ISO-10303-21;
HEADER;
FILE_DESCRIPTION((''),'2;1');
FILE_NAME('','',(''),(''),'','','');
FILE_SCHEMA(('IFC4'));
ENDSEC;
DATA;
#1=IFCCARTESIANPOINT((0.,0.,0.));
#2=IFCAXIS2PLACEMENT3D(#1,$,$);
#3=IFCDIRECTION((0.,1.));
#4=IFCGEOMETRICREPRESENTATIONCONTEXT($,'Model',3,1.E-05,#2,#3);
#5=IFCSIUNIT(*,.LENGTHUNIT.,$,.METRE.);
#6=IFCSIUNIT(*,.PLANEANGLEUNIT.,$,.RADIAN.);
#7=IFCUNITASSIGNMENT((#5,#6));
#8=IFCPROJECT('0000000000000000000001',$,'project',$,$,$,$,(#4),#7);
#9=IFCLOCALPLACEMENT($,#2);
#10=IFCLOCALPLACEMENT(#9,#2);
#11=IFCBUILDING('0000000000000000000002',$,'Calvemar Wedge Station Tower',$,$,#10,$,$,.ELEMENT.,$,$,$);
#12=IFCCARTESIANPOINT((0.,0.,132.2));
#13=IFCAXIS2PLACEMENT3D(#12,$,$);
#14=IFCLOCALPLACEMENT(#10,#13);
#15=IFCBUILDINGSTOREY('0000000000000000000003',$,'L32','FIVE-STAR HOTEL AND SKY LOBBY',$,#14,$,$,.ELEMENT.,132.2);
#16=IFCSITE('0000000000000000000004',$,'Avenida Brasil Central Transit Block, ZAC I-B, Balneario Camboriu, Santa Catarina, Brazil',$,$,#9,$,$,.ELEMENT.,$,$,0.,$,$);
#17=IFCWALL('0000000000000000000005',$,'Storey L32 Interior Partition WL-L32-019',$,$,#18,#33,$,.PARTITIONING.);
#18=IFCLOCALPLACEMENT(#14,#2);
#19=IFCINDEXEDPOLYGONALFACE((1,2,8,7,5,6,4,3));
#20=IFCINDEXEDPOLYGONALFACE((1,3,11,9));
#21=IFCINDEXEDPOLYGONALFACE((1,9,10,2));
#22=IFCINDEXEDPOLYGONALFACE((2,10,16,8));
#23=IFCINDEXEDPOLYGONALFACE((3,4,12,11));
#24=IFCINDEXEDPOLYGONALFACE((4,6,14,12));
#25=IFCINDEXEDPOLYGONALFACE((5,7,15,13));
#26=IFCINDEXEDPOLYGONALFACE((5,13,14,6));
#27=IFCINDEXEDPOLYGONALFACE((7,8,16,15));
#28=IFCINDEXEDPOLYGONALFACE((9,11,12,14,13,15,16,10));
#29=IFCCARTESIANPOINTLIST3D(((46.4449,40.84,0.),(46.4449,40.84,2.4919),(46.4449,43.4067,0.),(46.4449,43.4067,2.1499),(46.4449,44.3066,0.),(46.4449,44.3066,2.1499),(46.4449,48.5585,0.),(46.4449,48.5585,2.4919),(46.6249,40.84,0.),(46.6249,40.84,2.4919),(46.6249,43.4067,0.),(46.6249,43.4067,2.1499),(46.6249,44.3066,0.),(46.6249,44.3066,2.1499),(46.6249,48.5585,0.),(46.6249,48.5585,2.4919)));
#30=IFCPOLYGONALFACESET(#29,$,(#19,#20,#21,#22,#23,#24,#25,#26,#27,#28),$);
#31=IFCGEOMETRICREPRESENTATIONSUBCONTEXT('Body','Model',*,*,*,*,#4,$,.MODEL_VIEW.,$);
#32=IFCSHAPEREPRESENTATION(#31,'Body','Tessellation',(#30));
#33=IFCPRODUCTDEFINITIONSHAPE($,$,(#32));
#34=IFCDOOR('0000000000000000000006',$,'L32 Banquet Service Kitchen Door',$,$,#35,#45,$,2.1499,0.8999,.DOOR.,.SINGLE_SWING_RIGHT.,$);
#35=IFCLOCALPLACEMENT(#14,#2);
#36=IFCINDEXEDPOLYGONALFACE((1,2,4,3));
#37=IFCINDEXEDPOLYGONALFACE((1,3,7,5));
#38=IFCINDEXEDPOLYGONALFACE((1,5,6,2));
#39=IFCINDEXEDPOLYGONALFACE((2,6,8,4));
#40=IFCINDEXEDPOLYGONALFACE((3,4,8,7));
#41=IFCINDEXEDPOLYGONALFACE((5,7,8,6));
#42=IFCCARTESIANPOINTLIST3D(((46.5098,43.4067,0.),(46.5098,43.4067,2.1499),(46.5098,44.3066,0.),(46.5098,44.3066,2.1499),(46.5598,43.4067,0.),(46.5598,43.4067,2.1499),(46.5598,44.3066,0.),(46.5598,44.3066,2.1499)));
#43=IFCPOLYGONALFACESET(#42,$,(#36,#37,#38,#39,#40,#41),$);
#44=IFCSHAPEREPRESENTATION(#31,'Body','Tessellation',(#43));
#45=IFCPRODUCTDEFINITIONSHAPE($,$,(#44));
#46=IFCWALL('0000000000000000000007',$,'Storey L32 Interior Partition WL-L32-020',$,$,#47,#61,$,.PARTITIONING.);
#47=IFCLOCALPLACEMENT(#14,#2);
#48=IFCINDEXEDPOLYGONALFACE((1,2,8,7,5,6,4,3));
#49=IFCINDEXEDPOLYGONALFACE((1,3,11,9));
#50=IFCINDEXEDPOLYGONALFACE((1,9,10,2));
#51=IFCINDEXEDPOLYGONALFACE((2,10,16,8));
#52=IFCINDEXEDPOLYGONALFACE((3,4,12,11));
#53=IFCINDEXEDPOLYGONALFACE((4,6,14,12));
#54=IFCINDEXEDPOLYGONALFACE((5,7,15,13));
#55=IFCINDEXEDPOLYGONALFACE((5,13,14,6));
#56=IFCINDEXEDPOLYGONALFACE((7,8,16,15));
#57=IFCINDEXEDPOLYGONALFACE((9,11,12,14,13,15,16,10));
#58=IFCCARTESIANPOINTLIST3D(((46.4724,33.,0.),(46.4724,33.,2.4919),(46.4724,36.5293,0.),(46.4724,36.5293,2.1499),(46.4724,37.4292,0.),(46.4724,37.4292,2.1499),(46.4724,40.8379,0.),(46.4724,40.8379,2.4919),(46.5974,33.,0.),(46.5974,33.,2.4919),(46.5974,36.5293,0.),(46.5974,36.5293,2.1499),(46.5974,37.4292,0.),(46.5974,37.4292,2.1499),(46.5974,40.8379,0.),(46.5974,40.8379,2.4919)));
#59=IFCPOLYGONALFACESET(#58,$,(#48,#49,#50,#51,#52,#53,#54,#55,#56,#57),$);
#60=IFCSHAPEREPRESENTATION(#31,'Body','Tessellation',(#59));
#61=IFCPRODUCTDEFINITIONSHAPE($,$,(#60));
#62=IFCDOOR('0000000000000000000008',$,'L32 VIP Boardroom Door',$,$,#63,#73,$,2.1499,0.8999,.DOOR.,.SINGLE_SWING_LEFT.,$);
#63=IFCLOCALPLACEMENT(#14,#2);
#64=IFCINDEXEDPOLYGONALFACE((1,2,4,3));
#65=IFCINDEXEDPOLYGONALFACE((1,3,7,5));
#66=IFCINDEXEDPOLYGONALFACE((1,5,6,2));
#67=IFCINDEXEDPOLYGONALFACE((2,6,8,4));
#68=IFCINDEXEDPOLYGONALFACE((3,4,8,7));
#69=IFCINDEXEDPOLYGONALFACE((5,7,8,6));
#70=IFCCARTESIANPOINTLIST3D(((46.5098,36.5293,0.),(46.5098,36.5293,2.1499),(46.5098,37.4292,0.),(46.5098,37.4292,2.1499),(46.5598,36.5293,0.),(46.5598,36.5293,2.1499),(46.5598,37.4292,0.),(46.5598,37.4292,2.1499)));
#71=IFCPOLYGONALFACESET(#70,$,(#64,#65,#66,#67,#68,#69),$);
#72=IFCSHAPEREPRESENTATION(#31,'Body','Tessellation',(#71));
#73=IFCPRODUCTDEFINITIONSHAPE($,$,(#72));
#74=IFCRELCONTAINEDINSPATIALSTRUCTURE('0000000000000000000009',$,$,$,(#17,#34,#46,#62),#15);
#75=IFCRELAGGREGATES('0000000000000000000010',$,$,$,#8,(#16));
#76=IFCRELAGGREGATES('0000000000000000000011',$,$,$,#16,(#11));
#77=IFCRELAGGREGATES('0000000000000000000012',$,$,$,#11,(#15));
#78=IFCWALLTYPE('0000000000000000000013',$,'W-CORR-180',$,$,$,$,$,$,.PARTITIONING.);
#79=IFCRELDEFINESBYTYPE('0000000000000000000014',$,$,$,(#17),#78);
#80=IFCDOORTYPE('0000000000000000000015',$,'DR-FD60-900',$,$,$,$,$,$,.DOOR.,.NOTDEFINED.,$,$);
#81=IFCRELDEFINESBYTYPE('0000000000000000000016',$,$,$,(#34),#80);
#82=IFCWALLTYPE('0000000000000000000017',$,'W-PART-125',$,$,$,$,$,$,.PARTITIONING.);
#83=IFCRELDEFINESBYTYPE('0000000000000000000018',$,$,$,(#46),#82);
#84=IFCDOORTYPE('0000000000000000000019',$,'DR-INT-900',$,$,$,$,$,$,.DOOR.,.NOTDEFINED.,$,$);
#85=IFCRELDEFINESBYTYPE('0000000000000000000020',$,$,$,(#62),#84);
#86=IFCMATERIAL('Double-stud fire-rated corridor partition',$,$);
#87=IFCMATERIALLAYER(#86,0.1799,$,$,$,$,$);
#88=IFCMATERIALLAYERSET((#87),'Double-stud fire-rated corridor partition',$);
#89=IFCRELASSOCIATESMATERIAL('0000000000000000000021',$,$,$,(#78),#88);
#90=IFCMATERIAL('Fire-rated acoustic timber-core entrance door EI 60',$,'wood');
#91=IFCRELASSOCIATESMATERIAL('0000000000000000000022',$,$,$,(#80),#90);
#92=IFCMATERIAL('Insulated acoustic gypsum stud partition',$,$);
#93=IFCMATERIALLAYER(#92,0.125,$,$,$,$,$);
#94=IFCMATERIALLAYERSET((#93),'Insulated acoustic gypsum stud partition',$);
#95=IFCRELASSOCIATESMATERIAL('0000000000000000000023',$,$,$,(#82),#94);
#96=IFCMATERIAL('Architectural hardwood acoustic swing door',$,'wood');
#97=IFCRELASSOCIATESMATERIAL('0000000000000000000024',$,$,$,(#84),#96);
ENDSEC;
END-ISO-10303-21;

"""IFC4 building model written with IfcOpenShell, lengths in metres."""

from ifc_helpers import new_model, si_unit, direction, frame, frame_2d, origin, place, context, subcontext, project, spatial, rectangle, extrude, source, transform, mapped, material, layer, layer_set, type_object, element, fill, save


model = new_model("IFC4")

# Units and contexts
model_context = context("Model", 3, precision=1e-05, world=origin(), true_north=direction((0.0, 1.0)))
body_context = subcontext(model_context, "Body", "Model", "MODEL_VIEW")
ifc_project = project(units=[si_unit("LENGTHUNIT", "METRE"), si_unit("PLANEANGLEUNIT", "RADIAN")], contexts=[model_context])

# Site, building, storey
site_placement = place(None, origin())
site = spatial("IfcSite", under=ifc_project, at=site_placement, Name="Avenida Brasil Central Transit Block, ZAC I-B, Balneario Camboriu, Santa Catarina, Brazil", CompositionType="ELEMENT", RefElevation=0.0)
building_placement = place(site_placement, origin())
building = spatial("IfcBuilding", under=site, at=building_placement, Name="Calvemar Wedge Station Tower", CompositionType="ELEMENT")
storey_placement = place(building_placement, frame((0.0, 0.0, 132.2)))
storey = spatial("IfcBuildingStorey", under=building, at=storey_placement, Name="L32", Description="FIVE-STAR HOTEL AND SKY LOBBY", CompositionType="ELEMENT", Elevation=132.2)

# Shared definitions
ifc_material_1 = material(Name="Double-stud fire-rated corridor partition")
ifc_layer_1 = layer(ifc_material_1, 0.1799)
ifc_layer_set_1 = layer_set([ifc_layer_1], Name="Double-stud fire-rated corridor partition")
wall_type_1 = type_object("IfcWallType", Name="W-CORR-180", PredefinedType="PARTITIONING", material=ifc_layer_set_1)

# Walls, openings, doors
wall_1_placement = place(storey_placement, frame((46.5349, 48.5586, 0.0), z_axis=(0.0, 0.0, 1.0), x_axis=(0.0, -1.0, 0.0)))
wall_1 = element("IfcWall", 1, at=wall_1_placement, inside=storey, type_object=wall_type_1, Name="Storey L32 Interior Partition WL-L32-019", PredefinedType="PARTITIONING", context=body_context, shape_type="SweptSolid", body=[
    extrude(rectangle(XDim=7.7185, YDim=0.1799, at=frame_2d((3.8594, 0.0))), origin(), (0.0, 0.0, 1.0), 2.4919),
])
shared_shape_1 = source(origin(), body_context, "Body", "SweptSolid", [
    extrude(rectangle(XDim=0.8999, YDim=2.1499, at=frame_2d((0.45, 1.075))), frame((0.0, 0.1001, 0.0), z_axis=(0.0, -1.0, 0.0), x_axis=(1.0, 0.0, 0.0)), (0.0, 0.0, 1.0), 0.2),
])
opening_1_placement = place(wall_1_placement, frame((4.252, 0.0, 0.0)))
opening_1 = element("IfcOpeningElement", 2, at=opening_1_placement, cuts=wall_1, PredefinedType="OPENING", context=body_context, shape_type="MappedRepresentation", body=[
    mapped(shared_shape_1, transform((0.0, 0.0, 0.0), scale=1.0)),
])
ifc_material_2 = material(Name="Fire-rated acoustic timber-core entrance door EI 60", Category="wood")
door_type_1 = type_object("IfcDoorType", Name="DR-FD60-900", OperationType="NOTDEFINED", PredefinedType="DOOR", material=ifc_material_2)
shared_shape_2 = source(origin(), body_context, "Body", "SweptSolid", [
    extrude(rectangle(XDim=0.8999, YDim=2.1499, at=frame_2d((0.45, 1.075))), frame((0.0, 0.0249, 0.0), z_axis=(0.0, -1.0, 0.0), x_axis=(1.0, 0.0, 0.0)), (0.0, 0.0, 1.0), 0.05),
])
door_1_placement = place(opening_1_placement, origin())
door_1 = element("IfcDoor", 3, at=door_1_placement, inside=storey, type_object=door_type_1, Name="L32 Banquet Service Kitchen Door", OperationType="SINGLE_SWING_RIGHT", OverallHeight=2.1499, OverallWidth=0.8999, PredefinedType="DOOR", context=body_context, shape_type="MappedRepresentation", body=[
    mapped(shared_shape_2, transform((0.0, 0.0, 0.0), scale=1.0)),
])
fill(opening_1, door_1)
ifc_material_3 = material(Name="Insulated acoustic gypsum stud partition")
ifc_layer_2 = layer(ifc_material_3, 0.125)
ifc_layer_set_2 = layer_set([ifc_layer_2], Name="Insulated acoustic gypsum stud partition")
wall_type_2 = type_object("IfcWallType", Name="W-PART-125", PredefinedType="PARTITIONING", material=ifc_layer_set_2)
wall_2_placement = place(storey_placement, frame((46.5349, 40.8379, 0.0), z_axis=(0.0, 0.0, 1.0), x_axis=(0.0, -1.0, 0.0)))
wall_2 = element("IfcWall", 4, at=wall_2_placement, inside=storey, type_object=wall_type_2, Name="Storey L32 Interior Partition WL-L32-020", PredefinedType="PARTITIONING", context=body_context, shape_type="SweptSolid", body=[
    extrude(rectangle(XDim=7.8379, YDim=0.125, at=frame_2d((3.9189, 0.0))), origin(), (0.0, 0.0, 1.0), 2.4919),
])
shared_shape_3 = source(origin(), body_context, "Body", "SweptSolid", [
    extrude(rectangle(XDim=0.8999, YDim=2.1499, at=frame_2d((0.45, 1.075))), frame((0.0, 0.0725, 0.0), z_axis=(0.0, -1.0, 0.0), x_axis=(1.0, 0.0, 0.0)), (0.0, 0.0, 1.0), 0.145),
])
opening_2_placement = place(wall_2_placement, frame((3.4087, 0.0, 0.0)))
opening_2 = element("IfcOpeningElement", 5, at=opening_2_placement, cuts=wall_2, PredefinedType="OPENING", context=body_context, shape_type="MappedRepresentation", body=[
    mapped(shared_shape_3, transform((0.0, 0.0, 0.0), scale=1.0)),
])
ifc_material_4 = material(Name="Architectural hardwood acoustic swing door", Category="wood")
door_type_2 = type_object("IfcDoorType", Name="DR-INT-900", OperationType="NOTDEFINED", PredefinedType="DOOR", material=ifc_material_4)
shared_shape_4 = source(origin(), body_context, "Body", "SweptSolid", [
    extrude(rectangle(XDim=0.8999, YDim=2.1499, at=frame_2d((0.45, 1.075))), frame((0.0, 0.0249, 0.0), z_axis=(0.0, -1.0, 0.0), x_axis=(1.0, 0.0, 0.0)), (0.0, 0.0, 1.0), 0.05),
])
door_2_placement = place(opening_2_placement, origin())
door_2 = element("IfcDoor", 6, at=door_2_placement, inside=storey, type_object=door_type_2, Name="L32 VIP Boardroom Door", OperationType="SINGLE_SWING_LEFT", OverallHeight=2.1499, OverallWidth=0.8999, PredefinedType="DOOR", context=body_context, shape_type="MappedRepresentation", body=[
    mapped(shared_shape_4, transform((0.0, 0.0, 0.0), scale=1.0)),
])
fill(opening_2, door_2)

save(model, "model.ifc")
